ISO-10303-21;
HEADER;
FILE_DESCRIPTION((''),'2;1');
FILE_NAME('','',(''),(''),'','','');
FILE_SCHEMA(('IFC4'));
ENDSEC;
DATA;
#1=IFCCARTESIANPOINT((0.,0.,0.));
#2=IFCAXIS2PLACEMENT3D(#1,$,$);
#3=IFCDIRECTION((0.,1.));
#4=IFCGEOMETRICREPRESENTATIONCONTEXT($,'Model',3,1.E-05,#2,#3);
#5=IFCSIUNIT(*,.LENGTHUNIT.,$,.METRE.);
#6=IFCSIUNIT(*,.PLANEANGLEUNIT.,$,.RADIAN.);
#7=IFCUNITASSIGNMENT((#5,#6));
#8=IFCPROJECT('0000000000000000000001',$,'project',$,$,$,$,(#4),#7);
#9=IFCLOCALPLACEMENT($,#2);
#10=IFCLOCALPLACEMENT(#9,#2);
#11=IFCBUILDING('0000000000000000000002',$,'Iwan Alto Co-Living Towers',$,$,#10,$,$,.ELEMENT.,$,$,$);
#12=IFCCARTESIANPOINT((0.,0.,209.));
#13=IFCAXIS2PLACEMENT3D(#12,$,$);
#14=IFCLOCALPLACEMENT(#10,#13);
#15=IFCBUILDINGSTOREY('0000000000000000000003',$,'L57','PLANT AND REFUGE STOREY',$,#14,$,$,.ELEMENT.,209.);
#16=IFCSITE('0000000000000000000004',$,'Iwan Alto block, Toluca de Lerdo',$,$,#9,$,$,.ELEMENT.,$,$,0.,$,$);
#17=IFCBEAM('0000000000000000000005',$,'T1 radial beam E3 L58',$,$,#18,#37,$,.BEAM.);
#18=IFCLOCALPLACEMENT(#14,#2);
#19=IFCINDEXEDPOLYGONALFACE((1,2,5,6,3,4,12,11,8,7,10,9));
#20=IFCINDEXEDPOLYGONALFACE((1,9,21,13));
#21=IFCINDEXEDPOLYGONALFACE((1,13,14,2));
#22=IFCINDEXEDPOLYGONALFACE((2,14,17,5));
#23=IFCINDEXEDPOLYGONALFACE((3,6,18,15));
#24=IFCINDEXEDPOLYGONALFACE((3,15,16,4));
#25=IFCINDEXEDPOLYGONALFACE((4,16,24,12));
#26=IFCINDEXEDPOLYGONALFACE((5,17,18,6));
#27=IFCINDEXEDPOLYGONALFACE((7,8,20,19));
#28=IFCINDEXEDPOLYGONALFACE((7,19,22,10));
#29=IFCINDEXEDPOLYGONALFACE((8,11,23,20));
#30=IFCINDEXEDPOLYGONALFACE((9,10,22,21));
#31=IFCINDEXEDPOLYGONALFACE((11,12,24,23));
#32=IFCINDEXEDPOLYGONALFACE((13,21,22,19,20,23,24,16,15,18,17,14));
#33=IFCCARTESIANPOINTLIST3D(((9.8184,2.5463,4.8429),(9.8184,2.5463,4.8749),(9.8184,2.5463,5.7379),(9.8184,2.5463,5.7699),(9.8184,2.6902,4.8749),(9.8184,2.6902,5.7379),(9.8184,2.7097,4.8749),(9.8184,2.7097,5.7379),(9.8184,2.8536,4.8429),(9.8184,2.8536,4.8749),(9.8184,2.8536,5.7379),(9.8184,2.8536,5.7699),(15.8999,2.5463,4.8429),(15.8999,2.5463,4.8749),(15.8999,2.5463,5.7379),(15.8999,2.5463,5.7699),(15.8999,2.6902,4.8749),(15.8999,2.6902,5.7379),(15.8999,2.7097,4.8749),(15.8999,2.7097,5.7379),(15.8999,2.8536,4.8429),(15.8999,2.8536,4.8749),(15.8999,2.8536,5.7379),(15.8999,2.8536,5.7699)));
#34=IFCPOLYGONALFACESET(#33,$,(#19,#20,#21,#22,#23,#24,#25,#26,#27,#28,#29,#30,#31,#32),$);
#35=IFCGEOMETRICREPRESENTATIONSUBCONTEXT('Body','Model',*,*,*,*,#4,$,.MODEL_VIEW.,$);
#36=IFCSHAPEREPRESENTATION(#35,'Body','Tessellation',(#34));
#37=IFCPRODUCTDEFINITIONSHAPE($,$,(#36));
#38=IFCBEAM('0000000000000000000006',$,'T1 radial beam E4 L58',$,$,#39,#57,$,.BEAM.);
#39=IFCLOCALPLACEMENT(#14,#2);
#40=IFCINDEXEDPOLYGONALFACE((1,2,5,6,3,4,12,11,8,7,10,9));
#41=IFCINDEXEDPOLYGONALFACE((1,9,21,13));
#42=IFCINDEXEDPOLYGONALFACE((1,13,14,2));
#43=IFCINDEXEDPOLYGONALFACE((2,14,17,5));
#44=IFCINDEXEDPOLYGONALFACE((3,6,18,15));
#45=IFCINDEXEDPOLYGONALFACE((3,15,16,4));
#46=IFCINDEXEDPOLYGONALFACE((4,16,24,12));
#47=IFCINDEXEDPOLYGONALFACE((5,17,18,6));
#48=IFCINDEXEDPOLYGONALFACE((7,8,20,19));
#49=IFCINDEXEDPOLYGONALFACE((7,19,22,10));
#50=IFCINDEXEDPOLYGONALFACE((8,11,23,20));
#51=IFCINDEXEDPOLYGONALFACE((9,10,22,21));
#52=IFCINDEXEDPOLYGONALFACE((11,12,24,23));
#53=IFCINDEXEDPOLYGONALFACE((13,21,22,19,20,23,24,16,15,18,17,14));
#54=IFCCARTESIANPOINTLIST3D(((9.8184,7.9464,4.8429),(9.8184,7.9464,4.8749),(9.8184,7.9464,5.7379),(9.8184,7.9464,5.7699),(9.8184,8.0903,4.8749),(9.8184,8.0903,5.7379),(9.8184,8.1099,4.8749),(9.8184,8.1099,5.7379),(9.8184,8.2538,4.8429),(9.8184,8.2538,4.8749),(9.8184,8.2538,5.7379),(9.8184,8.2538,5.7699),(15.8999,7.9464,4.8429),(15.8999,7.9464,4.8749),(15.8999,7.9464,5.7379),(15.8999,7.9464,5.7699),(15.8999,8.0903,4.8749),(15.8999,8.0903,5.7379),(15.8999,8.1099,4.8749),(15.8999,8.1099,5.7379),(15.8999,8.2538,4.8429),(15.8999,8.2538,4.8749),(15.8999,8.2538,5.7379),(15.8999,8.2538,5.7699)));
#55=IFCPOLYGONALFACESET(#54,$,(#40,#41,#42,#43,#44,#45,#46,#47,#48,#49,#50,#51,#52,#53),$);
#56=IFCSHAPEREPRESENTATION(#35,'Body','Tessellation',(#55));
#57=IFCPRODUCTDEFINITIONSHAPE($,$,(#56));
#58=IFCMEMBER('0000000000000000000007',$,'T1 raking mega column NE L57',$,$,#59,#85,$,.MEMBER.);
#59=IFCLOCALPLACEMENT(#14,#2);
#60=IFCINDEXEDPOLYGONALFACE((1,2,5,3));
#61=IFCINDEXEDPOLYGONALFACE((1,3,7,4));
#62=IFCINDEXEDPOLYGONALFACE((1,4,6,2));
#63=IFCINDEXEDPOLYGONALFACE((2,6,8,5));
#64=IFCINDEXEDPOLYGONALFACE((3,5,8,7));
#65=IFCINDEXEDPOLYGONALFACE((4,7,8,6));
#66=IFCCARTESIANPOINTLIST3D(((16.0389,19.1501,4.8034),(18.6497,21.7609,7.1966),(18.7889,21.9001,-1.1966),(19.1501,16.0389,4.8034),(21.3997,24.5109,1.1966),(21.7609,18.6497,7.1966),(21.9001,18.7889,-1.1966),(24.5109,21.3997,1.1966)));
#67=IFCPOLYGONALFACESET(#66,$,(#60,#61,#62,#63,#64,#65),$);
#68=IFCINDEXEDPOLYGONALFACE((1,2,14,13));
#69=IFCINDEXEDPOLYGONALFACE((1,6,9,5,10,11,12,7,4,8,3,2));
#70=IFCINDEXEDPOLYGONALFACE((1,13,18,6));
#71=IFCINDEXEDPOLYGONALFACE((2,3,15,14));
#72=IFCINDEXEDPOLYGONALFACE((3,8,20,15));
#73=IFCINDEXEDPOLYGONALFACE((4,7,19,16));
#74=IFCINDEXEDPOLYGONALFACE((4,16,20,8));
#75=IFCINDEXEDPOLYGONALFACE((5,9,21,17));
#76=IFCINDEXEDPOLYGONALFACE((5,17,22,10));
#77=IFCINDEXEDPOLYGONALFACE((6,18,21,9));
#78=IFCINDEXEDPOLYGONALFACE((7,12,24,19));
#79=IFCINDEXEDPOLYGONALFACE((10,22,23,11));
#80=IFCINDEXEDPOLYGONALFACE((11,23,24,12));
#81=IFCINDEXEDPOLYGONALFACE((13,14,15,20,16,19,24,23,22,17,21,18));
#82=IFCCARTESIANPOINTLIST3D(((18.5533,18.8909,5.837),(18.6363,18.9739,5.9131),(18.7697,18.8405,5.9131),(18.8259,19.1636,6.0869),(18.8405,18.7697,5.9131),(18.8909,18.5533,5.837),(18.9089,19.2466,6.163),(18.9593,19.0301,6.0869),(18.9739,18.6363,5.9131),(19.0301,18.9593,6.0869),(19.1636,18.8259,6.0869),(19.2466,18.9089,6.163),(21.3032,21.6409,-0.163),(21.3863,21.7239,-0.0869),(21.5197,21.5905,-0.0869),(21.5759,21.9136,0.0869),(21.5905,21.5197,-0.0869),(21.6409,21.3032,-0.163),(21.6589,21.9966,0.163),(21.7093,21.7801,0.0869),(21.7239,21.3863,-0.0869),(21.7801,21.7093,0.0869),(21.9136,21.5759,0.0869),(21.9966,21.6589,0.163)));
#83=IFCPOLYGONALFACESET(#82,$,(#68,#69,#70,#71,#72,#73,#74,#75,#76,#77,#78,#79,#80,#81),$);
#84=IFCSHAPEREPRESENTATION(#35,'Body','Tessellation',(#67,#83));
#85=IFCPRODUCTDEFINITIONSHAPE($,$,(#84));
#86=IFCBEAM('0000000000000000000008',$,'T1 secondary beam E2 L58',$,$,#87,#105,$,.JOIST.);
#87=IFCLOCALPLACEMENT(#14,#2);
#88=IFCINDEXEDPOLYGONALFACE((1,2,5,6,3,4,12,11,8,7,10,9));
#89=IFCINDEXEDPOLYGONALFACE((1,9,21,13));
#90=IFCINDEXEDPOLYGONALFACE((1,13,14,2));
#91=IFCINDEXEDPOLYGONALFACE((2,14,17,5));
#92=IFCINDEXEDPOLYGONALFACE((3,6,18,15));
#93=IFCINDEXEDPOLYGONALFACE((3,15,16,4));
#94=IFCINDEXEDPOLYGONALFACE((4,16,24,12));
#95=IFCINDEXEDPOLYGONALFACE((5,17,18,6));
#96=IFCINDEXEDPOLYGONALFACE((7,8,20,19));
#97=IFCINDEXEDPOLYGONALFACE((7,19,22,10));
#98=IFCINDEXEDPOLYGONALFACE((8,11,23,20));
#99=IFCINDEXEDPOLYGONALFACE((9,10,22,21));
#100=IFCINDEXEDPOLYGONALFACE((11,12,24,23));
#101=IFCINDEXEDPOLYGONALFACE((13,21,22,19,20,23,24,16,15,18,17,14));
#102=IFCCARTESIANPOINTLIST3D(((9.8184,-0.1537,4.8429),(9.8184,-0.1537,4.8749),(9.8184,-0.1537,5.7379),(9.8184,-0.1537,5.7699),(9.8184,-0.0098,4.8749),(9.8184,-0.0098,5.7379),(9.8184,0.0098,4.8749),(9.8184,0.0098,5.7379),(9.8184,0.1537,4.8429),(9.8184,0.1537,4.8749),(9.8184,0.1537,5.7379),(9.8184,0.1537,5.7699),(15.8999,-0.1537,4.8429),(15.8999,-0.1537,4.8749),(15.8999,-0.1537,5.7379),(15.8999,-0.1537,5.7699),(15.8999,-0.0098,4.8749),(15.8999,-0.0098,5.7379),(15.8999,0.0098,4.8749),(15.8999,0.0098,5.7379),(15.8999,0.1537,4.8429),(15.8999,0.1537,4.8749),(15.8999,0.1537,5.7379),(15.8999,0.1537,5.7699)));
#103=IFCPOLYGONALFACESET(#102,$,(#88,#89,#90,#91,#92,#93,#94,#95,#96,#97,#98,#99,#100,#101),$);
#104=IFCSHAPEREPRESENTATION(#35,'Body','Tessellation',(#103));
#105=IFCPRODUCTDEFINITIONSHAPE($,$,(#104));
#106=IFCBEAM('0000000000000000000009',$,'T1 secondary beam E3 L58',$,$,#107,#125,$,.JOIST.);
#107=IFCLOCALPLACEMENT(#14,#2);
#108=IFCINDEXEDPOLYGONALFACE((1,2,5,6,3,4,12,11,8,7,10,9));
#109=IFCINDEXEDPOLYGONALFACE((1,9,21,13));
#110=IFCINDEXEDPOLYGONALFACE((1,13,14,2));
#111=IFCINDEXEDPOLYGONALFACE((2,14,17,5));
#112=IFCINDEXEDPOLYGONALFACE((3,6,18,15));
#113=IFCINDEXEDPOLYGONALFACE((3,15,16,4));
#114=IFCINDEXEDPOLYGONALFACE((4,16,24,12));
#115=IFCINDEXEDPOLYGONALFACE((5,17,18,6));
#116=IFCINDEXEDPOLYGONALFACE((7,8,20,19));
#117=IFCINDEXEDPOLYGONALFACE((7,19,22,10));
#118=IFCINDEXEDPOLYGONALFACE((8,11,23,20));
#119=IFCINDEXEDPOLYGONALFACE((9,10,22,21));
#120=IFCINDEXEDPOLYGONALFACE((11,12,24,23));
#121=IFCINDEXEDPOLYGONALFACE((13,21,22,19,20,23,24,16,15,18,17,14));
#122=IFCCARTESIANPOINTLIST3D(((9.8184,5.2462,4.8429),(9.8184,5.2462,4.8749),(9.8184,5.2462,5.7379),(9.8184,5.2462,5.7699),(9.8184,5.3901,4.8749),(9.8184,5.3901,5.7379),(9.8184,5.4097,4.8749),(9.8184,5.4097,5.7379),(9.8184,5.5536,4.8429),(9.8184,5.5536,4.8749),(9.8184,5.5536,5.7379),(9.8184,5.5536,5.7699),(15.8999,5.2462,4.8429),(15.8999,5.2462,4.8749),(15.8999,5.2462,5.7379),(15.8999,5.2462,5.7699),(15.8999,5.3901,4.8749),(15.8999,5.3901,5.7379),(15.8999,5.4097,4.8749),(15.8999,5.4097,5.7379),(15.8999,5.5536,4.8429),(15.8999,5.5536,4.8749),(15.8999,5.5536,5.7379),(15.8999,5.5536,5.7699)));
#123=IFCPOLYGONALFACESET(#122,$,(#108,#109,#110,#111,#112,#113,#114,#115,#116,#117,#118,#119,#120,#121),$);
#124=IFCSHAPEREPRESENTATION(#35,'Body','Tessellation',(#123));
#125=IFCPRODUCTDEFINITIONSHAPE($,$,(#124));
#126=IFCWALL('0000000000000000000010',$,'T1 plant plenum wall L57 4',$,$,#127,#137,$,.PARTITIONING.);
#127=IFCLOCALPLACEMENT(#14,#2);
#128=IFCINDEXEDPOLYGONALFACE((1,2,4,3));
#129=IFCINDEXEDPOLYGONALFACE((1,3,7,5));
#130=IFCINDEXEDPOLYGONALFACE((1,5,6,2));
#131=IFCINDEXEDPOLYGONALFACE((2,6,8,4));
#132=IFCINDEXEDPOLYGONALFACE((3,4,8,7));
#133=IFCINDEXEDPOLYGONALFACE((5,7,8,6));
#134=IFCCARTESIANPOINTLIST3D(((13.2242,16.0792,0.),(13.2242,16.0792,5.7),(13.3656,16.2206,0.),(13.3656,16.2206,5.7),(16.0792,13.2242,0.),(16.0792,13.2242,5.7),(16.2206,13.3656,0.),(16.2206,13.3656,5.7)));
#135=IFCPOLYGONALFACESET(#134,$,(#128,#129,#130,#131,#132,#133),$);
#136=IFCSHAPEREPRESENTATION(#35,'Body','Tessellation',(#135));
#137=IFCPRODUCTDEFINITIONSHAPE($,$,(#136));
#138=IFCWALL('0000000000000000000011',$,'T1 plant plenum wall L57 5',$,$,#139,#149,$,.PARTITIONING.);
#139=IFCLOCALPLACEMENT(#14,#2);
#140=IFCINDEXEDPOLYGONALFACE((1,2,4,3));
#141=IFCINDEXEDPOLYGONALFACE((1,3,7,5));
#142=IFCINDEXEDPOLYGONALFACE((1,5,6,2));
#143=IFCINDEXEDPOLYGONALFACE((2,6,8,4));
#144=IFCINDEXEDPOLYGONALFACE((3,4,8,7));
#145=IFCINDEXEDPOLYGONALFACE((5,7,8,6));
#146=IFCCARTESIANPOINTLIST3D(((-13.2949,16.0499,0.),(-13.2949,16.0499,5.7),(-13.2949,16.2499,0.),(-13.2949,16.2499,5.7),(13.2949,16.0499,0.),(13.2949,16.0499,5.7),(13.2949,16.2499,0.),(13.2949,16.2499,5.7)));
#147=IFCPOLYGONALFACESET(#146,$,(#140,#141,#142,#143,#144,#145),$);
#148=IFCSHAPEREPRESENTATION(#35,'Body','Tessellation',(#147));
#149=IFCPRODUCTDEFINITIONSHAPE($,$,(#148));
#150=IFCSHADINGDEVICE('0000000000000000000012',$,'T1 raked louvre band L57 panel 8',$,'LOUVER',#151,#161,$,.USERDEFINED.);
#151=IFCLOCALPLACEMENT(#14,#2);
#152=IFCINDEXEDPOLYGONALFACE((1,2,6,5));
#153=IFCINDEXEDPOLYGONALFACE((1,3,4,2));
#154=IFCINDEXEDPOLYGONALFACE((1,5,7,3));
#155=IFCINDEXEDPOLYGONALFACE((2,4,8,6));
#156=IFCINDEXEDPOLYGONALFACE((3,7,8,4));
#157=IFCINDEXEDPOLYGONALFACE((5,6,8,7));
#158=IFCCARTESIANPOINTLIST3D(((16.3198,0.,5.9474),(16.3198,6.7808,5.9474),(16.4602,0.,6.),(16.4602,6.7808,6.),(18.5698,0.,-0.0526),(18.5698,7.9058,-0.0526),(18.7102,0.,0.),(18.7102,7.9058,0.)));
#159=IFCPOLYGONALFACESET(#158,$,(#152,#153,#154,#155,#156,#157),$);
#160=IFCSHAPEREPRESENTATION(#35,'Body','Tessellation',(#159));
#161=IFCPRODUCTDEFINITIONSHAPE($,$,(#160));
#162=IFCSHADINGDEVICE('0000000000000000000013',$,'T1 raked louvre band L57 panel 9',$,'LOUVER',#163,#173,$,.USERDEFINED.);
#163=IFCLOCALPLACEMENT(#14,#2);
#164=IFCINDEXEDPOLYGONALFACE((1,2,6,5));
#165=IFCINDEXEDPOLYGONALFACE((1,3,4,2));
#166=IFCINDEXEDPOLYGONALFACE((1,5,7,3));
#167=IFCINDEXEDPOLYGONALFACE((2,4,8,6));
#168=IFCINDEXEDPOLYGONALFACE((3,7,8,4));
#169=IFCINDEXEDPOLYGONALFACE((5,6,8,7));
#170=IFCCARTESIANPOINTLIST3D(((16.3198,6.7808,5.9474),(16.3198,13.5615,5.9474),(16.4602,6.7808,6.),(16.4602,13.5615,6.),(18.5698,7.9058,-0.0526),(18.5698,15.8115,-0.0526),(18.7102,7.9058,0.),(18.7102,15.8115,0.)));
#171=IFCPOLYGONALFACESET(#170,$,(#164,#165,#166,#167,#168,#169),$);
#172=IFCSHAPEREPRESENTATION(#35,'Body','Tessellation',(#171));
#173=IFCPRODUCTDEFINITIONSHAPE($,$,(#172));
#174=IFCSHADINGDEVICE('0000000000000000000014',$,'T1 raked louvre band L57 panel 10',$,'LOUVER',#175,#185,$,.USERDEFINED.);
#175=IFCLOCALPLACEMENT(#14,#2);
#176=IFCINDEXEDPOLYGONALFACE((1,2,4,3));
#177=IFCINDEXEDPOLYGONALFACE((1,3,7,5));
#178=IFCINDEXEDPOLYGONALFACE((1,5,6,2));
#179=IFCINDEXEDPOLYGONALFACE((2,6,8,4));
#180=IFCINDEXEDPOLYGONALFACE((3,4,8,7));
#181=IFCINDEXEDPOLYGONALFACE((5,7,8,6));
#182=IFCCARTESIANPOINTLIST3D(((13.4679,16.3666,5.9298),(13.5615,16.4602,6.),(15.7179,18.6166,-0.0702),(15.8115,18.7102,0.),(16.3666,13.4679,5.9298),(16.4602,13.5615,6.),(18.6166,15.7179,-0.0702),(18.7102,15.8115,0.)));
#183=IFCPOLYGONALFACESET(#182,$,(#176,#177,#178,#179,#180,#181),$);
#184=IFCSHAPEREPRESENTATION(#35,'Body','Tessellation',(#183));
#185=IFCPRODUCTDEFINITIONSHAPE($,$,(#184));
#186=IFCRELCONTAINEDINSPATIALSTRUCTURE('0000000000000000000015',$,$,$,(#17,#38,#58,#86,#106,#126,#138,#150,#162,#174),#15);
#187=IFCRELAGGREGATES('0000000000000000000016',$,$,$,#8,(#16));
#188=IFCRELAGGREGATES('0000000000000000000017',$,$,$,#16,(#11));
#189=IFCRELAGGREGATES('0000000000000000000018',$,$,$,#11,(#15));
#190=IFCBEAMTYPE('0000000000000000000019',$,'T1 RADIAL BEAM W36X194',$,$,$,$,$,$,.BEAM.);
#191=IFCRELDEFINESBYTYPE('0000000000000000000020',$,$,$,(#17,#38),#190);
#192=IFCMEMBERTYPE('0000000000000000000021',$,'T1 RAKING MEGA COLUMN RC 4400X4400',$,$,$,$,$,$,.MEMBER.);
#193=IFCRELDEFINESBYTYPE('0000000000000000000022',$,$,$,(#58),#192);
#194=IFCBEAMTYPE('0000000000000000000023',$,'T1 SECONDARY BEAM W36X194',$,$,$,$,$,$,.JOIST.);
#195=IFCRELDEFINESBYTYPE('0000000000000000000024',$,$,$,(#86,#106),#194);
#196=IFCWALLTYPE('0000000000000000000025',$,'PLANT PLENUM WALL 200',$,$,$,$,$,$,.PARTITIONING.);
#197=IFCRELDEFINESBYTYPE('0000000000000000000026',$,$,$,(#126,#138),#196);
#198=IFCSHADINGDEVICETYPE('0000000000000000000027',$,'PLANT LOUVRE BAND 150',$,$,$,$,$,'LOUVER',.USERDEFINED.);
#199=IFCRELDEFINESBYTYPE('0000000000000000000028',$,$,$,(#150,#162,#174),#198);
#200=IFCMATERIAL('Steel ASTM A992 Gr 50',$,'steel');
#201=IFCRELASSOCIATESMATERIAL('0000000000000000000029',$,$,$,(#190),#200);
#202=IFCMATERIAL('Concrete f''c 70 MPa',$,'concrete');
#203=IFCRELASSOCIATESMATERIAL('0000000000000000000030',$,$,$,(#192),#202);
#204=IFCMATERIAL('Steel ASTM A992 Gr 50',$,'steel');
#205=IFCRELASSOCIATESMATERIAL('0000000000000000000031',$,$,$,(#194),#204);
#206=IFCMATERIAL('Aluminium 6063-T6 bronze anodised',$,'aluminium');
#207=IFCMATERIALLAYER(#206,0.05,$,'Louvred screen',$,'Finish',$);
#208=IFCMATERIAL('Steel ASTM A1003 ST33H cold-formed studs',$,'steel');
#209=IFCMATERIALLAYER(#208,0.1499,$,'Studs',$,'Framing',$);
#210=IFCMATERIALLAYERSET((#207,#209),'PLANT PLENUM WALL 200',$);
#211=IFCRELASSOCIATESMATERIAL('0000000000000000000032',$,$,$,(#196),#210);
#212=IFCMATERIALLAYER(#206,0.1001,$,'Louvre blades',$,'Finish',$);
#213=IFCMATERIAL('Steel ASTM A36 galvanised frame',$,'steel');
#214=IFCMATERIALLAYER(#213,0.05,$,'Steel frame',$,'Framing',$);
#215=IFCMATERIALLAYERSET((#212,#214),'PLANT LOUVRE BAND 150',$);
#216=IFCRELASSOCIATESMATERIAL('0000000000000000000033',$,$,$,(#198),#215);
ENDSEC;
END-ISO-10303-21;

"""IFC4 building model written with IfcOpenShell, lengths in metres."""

from ifc_helpers import new_model, si_unit, direction, frame, frame_2d, origin, origin_2d, place, context, subcontext, project, spatial, polyline, rectangle, i_section, outline, extrude, material, layer, layer_set, material_profile, profile_set, type_object, element, save


model = new_model("IFC4")

# Units and contexts
model_context = context("Model", 3, precision=1e-05, world=origin(), true_north=direction((0.0, 1.0)))
body_context = subcontext(model_context, "Body", "Model", "MODEL_VIEW")
ifc_project = project(units=[si_unit("LENGTHUNIT", "METRE"), si_unit("PLANEANGLEUNIT", "RADIAN")], contexts=[model_context])

# Site, building, storey
site_placement = place(None, origin())
site = spatial("IfcSite", under=ifc_project, at=site_placement, Name="Iwan Alto block, Toluca de Lerdo", CompositionType="ELEMENT", RefElevation=0.0)
building_placement = place(site_placement, origin())
building = spatial("IfcBuilding", under=site, at=building_placement, Name="Iwan Alto Co-Living Towers", CompositionType="ELEMENT")
storey_placement = place(building_placement, frame((0.0, 0.0, 209.0)))
storey = spatial("IfcBuildingStorey", under=building, at=storey_placement, Name="L57", Description="PLANT AND REFUGE STOREY", CompositionType="ELEMENT", Elevation=209.0)

# Beams
ifc_material_1 = material(Name="Steel ASTM A992 Gr 50", Category="steel")
ifc_material_profile_1 = material_profile(ifc_material_1, i_section(OverallWidth=0.3074, OverallDepth=0.927, WebThickness=0.0195, FlangeThickness=0.032, at=origin_2d()), Name="W36X194")
ifc_profile_set_1 = profile_set([ifc_material_profile_1], Name="Steel ASTM A992 Gr 50")
beam_type_1 = type_object("IfcBeamType", Name="T1 RADIAL BEAM W36X194", PredefinedType="BEAM", material=ifc_profile_set_1)
for number, where, z_axis, x_axis, name in (
    (1, (15.8999, 2.7, 5.3064), (-1.0, 0.0, 0.0), (0.0, -1.0, 0.0), "T1 radial beam E3 L58"),
    (2, (15.8999, 8.1001, 5.3064), (-1.0, 0.0, 0.0), (0.0, -1.0, 0.0), "T1 radial beam E4 L58"),
):
    element("IfcBeam", number, at=place(storey_placement, frame(where, z_axis=z_axis, x_axis=x_axis)), inside=storey, type_object=beam_type_1, Name=name, PredefinedType="BEAM", context=body_context, shape_type="SweptSolid", body=[
        extrude(i_section(OverallWidth=0.3074, OverallDepth=0.927, WebThickness=0.0195, FlangeThickness=0.032, at=origin_2d()), origin(), (0.0, 0.0, 1.0), 6.0815),
    ])

# Member
ifc_material_2 = material(Name="Concrete f'c 70 MPa", Category="concrete")
ifc_material_profile_2 = material_profile(ifc_material_2, rectangle(XDim=4.3999, YDim=4.3999, at=origin_2d()), Name="RC 4400X4400")
ifc_profile_set_2 = profile_set([ifc_material_profile_2], Name="Concrete f'c 70 MPa")
member_type_1 = type_object("IfcMemberType", Name="T1 RAKING MEGA COLUMN RC 4400X4400", PredefinedType="MEMBER", material=ifc_profile_set_2)
member_1_placement = place(storey_placement, frame((21.6499, 21.6499, 0.0), z_axis=(-0.384606, -0.384606, 0.83914), x_axis=(0.707107, -0.707107, 0.0)))
element("IfcMember", 3, at=member_1_placement, inside=storey, type_object=member_type_1, Name="T1 raking mega column NE L57", PredefinedType="MEMBER", context=body_context, shape_type="SweptSolid", body=[
    extrude(rectangle(XDim=4.3999, YDim=4.3999, at=origin_2d()), origin(), (0.0, 0.0, 1.0), 7.1501),
    extrude(i_section(OverallWidth=0.4775, OverallDepth=0.5994, WebThickness=0.1001, FlangeThickness=0.1399, at=origin_2d()), origin(), (0.0, 0.0, 1.0), 7.1501),
])

# Beams
ifc_material_3 = material(Name="Steel ASTM A992 Gr 50", Category="steel")
ifc_material_profile_3 = material_profile(ifc_material_3, i_section(OverallWidth=0.3074, OverallDepth=0.927, WebThickness=0.0195, FlangeThickness=0.032, at=origin_2d()), Name="W36X194")
ifc_profile_set_3 = profile_set([ifc_material_profile_3], Name="Steel ASTM A992 Gr 50")
beam_type_2 = type_object("IfcBeamType", Name="T1 SECONDARY BEAM W36X194", PredefinedType="JOIST", material=ifc_profile_set_3)
for number, where, z_axis, x_axis, name in (
    (4, (15.8999, 0.0, 5.3064), (-1.0, 0.0, 0.0), (0.0, -1.0, 0.0), "T1 secondary beam E2 L58"),
    (5, (15.8999, 5.3999, 5.3064), (-1.0, 0.0, 0.0), (0.0, -1.0, 0.0), "T1 secondary beam E3 L58"),
):
    element("IfcBeam", number, at=place(storey_placement, frame(where, z_axis=z_axis, x_axis=x_axis)), inside=storey, type_object=beam_type_2, Name=name, PredefinedType="JOIST", context=body_context, shape_type="SweptSolid", body=[
        extrude(i_section(OverallWidth=0.3074, OverallDepth=0.927, WebThickness=0.0195, FlangeThickness=0.032, at=origin_2d()), origin(), (0.0, 0.0, 1.0), 6.0815),
    ])

# Walls
ifc_material_4 = material(Name="Aluminium 6063-T6 bronze anodised", Category="aluminium")
ifc_layer_1 = layer(ifc_material_4, 0.05, Name="Louvred screen", Category="Finish")
ifc_material_5 = material(Name="Steel ASTM A1003 ST33H cold-formed studs", Category="steel")
ifc_layer_2 = layer(ifc_material_5, 0.1499, Name="Studs", Category="Framing")
ifc_layer_set_1 = layer_set([ifc_layer_1, ifc_layer_2], Name="PLANT PLENUM WALL 200")
wall_type = type_object("IfcWallType", Name="PLANT PLENUM WALL 200", PredefinedType="PARTITIONING", material=ifc_layer_set_1)
wall_1_placement = place(storey_placement, frame((16.1499, 13.2949, 0.0), z_axis=(0.0, 0.0, 1.0), x_axis=(-0.707107, 0.707107, 0.0)))
element("IfcWall", 6, at=wall_1_placement, inside=storey, type_object=wall_type, Name="T1 plant plenum wall L57 4", PredefinedType="PARTITIONING", context=body_context, shape_type="SweptSolid", body=[
    extrude(rectangle(XDim=4.0376, YDim=0.2, at=frame_2d((2.0188, 0.0))), origin(), (0.0, 0.0, 1.0), 5.7),
])
wall_2_placement = place(storey_placement, frame((13.2949, 16.1499, 0.0), z_axis=(0.0, 0.0, 1.0), x_axis=(-1.0, 0.0, 0.0)))
element("IfcWall", 7, at=wall_2_placement, inside=storey, type_object=wall_type, Name="T1 plant plenum wall L57 5", PredefinedType="PARTITIONING", context=body_context, shape_type="SweptSolid", body=[
    extrude(rectangle(XDim=26.5898, YDim=0.2, at=frame_2d((13.2949, 0.0))), origin(), (0.0, 0.0, 1.0), 5.7),
])

# Shading devices
ifc_layer_3 = layer(ifc_material_4, 0.1001, Name="Louvre blades", Category="Finish")
ifc_material_6 = material(Name="Steel ASTM A36 galvanised frame", Category="steel")
ifc_layer_4 = layer(ifc_material_6, 0.05, Name="Steel frame", Category="Framing")
ifc_layer_set_2 = layer_set([ifc_layer_3, ifc_layer_4], Name="PLANT LOUVRE BAND 150")
shading_device_type = type_object("IfcShadingDeviceType", Name="PLANT LOUVRE BAND 150", ElementType="LOUVER", PredefinedType="USERDEFINED", material=ifc_layer_set_2)
shading_device_1_placement = place(storey_placement, frame((18.7102, 0.0, 0.0), z_axis=(0.936329, 0.0, 0.351123), x_axis=(0.0, 1.0, 0.0)))
element("IfcShadingDevice", 8, at=shading_device_1_placement, inside=storey, type_object=shading_device_type, Name="T1 raked louvre band L57 panel 8", ObjectType="LOUVER", PredefinedType="USERDEFINED", context=body_context, shape_type="SweptSolid", body=[
    extrude(outline(polyline([(0.0, 0.0), (7.9058, 0.0), (6.7808, 6.408), (0.0, 6.408), (0.0, 0.0)])), origin(), (0.0, 0.0, -1.0), 0.1499),
])
shading_device_2_placement = place(storey_placement, frame((18.7102, 7.9058, 0.0), z_axis=(0.936329, 0.0, 0.351123), x_axis=(0.0, 1.0, 0.0)))
element("IfcShadingDevice", 9, at=shading_device_2_placement, inside=storey, type_object=shading_device_type, Name="T1 raked louvre band L57 panel 9", ObjectType="LOUVER", PredefinedType="USERDEFINED", context=body_context, shape_type="SweptSolid", body=[
    extrude(outline(polyline([(0.0, 0.0), (7.9058, 0.0), (5.6558, 6.408), (-1.125, 6.408), (0.0, 0.0)])), origin(), (0.0, 0.0, -1.0), 0.1499),
])
shading_device_3_placement = place(storey_placement, frame((18.7102, 15.8115, 0.0), z_axis=(0.624695, 0.624695, 0.468521), x_axis=(-0.707107, 0.707107, 0.0)))
element("IfcShadingDevice", 10, at=shading_device_3_placement, inside=storey, type_object=shading_device_type, Name="T1 raked louvre band L57 panel 10", ObjectType="LOUVER", PredefinedType="USERDEFINED", context=body_context, shape_type="SweptSolid", body=[
    extrude(outline(polyline([(0.0, 0.0), (4.0994, 0.0), (4.0994, 6.7915), (0.0, 6.7915), (0.0, 0.0)])), origin(), (0.0, 0.0, -1.0), 0.1499),
])

save(model, "model.ifc")
